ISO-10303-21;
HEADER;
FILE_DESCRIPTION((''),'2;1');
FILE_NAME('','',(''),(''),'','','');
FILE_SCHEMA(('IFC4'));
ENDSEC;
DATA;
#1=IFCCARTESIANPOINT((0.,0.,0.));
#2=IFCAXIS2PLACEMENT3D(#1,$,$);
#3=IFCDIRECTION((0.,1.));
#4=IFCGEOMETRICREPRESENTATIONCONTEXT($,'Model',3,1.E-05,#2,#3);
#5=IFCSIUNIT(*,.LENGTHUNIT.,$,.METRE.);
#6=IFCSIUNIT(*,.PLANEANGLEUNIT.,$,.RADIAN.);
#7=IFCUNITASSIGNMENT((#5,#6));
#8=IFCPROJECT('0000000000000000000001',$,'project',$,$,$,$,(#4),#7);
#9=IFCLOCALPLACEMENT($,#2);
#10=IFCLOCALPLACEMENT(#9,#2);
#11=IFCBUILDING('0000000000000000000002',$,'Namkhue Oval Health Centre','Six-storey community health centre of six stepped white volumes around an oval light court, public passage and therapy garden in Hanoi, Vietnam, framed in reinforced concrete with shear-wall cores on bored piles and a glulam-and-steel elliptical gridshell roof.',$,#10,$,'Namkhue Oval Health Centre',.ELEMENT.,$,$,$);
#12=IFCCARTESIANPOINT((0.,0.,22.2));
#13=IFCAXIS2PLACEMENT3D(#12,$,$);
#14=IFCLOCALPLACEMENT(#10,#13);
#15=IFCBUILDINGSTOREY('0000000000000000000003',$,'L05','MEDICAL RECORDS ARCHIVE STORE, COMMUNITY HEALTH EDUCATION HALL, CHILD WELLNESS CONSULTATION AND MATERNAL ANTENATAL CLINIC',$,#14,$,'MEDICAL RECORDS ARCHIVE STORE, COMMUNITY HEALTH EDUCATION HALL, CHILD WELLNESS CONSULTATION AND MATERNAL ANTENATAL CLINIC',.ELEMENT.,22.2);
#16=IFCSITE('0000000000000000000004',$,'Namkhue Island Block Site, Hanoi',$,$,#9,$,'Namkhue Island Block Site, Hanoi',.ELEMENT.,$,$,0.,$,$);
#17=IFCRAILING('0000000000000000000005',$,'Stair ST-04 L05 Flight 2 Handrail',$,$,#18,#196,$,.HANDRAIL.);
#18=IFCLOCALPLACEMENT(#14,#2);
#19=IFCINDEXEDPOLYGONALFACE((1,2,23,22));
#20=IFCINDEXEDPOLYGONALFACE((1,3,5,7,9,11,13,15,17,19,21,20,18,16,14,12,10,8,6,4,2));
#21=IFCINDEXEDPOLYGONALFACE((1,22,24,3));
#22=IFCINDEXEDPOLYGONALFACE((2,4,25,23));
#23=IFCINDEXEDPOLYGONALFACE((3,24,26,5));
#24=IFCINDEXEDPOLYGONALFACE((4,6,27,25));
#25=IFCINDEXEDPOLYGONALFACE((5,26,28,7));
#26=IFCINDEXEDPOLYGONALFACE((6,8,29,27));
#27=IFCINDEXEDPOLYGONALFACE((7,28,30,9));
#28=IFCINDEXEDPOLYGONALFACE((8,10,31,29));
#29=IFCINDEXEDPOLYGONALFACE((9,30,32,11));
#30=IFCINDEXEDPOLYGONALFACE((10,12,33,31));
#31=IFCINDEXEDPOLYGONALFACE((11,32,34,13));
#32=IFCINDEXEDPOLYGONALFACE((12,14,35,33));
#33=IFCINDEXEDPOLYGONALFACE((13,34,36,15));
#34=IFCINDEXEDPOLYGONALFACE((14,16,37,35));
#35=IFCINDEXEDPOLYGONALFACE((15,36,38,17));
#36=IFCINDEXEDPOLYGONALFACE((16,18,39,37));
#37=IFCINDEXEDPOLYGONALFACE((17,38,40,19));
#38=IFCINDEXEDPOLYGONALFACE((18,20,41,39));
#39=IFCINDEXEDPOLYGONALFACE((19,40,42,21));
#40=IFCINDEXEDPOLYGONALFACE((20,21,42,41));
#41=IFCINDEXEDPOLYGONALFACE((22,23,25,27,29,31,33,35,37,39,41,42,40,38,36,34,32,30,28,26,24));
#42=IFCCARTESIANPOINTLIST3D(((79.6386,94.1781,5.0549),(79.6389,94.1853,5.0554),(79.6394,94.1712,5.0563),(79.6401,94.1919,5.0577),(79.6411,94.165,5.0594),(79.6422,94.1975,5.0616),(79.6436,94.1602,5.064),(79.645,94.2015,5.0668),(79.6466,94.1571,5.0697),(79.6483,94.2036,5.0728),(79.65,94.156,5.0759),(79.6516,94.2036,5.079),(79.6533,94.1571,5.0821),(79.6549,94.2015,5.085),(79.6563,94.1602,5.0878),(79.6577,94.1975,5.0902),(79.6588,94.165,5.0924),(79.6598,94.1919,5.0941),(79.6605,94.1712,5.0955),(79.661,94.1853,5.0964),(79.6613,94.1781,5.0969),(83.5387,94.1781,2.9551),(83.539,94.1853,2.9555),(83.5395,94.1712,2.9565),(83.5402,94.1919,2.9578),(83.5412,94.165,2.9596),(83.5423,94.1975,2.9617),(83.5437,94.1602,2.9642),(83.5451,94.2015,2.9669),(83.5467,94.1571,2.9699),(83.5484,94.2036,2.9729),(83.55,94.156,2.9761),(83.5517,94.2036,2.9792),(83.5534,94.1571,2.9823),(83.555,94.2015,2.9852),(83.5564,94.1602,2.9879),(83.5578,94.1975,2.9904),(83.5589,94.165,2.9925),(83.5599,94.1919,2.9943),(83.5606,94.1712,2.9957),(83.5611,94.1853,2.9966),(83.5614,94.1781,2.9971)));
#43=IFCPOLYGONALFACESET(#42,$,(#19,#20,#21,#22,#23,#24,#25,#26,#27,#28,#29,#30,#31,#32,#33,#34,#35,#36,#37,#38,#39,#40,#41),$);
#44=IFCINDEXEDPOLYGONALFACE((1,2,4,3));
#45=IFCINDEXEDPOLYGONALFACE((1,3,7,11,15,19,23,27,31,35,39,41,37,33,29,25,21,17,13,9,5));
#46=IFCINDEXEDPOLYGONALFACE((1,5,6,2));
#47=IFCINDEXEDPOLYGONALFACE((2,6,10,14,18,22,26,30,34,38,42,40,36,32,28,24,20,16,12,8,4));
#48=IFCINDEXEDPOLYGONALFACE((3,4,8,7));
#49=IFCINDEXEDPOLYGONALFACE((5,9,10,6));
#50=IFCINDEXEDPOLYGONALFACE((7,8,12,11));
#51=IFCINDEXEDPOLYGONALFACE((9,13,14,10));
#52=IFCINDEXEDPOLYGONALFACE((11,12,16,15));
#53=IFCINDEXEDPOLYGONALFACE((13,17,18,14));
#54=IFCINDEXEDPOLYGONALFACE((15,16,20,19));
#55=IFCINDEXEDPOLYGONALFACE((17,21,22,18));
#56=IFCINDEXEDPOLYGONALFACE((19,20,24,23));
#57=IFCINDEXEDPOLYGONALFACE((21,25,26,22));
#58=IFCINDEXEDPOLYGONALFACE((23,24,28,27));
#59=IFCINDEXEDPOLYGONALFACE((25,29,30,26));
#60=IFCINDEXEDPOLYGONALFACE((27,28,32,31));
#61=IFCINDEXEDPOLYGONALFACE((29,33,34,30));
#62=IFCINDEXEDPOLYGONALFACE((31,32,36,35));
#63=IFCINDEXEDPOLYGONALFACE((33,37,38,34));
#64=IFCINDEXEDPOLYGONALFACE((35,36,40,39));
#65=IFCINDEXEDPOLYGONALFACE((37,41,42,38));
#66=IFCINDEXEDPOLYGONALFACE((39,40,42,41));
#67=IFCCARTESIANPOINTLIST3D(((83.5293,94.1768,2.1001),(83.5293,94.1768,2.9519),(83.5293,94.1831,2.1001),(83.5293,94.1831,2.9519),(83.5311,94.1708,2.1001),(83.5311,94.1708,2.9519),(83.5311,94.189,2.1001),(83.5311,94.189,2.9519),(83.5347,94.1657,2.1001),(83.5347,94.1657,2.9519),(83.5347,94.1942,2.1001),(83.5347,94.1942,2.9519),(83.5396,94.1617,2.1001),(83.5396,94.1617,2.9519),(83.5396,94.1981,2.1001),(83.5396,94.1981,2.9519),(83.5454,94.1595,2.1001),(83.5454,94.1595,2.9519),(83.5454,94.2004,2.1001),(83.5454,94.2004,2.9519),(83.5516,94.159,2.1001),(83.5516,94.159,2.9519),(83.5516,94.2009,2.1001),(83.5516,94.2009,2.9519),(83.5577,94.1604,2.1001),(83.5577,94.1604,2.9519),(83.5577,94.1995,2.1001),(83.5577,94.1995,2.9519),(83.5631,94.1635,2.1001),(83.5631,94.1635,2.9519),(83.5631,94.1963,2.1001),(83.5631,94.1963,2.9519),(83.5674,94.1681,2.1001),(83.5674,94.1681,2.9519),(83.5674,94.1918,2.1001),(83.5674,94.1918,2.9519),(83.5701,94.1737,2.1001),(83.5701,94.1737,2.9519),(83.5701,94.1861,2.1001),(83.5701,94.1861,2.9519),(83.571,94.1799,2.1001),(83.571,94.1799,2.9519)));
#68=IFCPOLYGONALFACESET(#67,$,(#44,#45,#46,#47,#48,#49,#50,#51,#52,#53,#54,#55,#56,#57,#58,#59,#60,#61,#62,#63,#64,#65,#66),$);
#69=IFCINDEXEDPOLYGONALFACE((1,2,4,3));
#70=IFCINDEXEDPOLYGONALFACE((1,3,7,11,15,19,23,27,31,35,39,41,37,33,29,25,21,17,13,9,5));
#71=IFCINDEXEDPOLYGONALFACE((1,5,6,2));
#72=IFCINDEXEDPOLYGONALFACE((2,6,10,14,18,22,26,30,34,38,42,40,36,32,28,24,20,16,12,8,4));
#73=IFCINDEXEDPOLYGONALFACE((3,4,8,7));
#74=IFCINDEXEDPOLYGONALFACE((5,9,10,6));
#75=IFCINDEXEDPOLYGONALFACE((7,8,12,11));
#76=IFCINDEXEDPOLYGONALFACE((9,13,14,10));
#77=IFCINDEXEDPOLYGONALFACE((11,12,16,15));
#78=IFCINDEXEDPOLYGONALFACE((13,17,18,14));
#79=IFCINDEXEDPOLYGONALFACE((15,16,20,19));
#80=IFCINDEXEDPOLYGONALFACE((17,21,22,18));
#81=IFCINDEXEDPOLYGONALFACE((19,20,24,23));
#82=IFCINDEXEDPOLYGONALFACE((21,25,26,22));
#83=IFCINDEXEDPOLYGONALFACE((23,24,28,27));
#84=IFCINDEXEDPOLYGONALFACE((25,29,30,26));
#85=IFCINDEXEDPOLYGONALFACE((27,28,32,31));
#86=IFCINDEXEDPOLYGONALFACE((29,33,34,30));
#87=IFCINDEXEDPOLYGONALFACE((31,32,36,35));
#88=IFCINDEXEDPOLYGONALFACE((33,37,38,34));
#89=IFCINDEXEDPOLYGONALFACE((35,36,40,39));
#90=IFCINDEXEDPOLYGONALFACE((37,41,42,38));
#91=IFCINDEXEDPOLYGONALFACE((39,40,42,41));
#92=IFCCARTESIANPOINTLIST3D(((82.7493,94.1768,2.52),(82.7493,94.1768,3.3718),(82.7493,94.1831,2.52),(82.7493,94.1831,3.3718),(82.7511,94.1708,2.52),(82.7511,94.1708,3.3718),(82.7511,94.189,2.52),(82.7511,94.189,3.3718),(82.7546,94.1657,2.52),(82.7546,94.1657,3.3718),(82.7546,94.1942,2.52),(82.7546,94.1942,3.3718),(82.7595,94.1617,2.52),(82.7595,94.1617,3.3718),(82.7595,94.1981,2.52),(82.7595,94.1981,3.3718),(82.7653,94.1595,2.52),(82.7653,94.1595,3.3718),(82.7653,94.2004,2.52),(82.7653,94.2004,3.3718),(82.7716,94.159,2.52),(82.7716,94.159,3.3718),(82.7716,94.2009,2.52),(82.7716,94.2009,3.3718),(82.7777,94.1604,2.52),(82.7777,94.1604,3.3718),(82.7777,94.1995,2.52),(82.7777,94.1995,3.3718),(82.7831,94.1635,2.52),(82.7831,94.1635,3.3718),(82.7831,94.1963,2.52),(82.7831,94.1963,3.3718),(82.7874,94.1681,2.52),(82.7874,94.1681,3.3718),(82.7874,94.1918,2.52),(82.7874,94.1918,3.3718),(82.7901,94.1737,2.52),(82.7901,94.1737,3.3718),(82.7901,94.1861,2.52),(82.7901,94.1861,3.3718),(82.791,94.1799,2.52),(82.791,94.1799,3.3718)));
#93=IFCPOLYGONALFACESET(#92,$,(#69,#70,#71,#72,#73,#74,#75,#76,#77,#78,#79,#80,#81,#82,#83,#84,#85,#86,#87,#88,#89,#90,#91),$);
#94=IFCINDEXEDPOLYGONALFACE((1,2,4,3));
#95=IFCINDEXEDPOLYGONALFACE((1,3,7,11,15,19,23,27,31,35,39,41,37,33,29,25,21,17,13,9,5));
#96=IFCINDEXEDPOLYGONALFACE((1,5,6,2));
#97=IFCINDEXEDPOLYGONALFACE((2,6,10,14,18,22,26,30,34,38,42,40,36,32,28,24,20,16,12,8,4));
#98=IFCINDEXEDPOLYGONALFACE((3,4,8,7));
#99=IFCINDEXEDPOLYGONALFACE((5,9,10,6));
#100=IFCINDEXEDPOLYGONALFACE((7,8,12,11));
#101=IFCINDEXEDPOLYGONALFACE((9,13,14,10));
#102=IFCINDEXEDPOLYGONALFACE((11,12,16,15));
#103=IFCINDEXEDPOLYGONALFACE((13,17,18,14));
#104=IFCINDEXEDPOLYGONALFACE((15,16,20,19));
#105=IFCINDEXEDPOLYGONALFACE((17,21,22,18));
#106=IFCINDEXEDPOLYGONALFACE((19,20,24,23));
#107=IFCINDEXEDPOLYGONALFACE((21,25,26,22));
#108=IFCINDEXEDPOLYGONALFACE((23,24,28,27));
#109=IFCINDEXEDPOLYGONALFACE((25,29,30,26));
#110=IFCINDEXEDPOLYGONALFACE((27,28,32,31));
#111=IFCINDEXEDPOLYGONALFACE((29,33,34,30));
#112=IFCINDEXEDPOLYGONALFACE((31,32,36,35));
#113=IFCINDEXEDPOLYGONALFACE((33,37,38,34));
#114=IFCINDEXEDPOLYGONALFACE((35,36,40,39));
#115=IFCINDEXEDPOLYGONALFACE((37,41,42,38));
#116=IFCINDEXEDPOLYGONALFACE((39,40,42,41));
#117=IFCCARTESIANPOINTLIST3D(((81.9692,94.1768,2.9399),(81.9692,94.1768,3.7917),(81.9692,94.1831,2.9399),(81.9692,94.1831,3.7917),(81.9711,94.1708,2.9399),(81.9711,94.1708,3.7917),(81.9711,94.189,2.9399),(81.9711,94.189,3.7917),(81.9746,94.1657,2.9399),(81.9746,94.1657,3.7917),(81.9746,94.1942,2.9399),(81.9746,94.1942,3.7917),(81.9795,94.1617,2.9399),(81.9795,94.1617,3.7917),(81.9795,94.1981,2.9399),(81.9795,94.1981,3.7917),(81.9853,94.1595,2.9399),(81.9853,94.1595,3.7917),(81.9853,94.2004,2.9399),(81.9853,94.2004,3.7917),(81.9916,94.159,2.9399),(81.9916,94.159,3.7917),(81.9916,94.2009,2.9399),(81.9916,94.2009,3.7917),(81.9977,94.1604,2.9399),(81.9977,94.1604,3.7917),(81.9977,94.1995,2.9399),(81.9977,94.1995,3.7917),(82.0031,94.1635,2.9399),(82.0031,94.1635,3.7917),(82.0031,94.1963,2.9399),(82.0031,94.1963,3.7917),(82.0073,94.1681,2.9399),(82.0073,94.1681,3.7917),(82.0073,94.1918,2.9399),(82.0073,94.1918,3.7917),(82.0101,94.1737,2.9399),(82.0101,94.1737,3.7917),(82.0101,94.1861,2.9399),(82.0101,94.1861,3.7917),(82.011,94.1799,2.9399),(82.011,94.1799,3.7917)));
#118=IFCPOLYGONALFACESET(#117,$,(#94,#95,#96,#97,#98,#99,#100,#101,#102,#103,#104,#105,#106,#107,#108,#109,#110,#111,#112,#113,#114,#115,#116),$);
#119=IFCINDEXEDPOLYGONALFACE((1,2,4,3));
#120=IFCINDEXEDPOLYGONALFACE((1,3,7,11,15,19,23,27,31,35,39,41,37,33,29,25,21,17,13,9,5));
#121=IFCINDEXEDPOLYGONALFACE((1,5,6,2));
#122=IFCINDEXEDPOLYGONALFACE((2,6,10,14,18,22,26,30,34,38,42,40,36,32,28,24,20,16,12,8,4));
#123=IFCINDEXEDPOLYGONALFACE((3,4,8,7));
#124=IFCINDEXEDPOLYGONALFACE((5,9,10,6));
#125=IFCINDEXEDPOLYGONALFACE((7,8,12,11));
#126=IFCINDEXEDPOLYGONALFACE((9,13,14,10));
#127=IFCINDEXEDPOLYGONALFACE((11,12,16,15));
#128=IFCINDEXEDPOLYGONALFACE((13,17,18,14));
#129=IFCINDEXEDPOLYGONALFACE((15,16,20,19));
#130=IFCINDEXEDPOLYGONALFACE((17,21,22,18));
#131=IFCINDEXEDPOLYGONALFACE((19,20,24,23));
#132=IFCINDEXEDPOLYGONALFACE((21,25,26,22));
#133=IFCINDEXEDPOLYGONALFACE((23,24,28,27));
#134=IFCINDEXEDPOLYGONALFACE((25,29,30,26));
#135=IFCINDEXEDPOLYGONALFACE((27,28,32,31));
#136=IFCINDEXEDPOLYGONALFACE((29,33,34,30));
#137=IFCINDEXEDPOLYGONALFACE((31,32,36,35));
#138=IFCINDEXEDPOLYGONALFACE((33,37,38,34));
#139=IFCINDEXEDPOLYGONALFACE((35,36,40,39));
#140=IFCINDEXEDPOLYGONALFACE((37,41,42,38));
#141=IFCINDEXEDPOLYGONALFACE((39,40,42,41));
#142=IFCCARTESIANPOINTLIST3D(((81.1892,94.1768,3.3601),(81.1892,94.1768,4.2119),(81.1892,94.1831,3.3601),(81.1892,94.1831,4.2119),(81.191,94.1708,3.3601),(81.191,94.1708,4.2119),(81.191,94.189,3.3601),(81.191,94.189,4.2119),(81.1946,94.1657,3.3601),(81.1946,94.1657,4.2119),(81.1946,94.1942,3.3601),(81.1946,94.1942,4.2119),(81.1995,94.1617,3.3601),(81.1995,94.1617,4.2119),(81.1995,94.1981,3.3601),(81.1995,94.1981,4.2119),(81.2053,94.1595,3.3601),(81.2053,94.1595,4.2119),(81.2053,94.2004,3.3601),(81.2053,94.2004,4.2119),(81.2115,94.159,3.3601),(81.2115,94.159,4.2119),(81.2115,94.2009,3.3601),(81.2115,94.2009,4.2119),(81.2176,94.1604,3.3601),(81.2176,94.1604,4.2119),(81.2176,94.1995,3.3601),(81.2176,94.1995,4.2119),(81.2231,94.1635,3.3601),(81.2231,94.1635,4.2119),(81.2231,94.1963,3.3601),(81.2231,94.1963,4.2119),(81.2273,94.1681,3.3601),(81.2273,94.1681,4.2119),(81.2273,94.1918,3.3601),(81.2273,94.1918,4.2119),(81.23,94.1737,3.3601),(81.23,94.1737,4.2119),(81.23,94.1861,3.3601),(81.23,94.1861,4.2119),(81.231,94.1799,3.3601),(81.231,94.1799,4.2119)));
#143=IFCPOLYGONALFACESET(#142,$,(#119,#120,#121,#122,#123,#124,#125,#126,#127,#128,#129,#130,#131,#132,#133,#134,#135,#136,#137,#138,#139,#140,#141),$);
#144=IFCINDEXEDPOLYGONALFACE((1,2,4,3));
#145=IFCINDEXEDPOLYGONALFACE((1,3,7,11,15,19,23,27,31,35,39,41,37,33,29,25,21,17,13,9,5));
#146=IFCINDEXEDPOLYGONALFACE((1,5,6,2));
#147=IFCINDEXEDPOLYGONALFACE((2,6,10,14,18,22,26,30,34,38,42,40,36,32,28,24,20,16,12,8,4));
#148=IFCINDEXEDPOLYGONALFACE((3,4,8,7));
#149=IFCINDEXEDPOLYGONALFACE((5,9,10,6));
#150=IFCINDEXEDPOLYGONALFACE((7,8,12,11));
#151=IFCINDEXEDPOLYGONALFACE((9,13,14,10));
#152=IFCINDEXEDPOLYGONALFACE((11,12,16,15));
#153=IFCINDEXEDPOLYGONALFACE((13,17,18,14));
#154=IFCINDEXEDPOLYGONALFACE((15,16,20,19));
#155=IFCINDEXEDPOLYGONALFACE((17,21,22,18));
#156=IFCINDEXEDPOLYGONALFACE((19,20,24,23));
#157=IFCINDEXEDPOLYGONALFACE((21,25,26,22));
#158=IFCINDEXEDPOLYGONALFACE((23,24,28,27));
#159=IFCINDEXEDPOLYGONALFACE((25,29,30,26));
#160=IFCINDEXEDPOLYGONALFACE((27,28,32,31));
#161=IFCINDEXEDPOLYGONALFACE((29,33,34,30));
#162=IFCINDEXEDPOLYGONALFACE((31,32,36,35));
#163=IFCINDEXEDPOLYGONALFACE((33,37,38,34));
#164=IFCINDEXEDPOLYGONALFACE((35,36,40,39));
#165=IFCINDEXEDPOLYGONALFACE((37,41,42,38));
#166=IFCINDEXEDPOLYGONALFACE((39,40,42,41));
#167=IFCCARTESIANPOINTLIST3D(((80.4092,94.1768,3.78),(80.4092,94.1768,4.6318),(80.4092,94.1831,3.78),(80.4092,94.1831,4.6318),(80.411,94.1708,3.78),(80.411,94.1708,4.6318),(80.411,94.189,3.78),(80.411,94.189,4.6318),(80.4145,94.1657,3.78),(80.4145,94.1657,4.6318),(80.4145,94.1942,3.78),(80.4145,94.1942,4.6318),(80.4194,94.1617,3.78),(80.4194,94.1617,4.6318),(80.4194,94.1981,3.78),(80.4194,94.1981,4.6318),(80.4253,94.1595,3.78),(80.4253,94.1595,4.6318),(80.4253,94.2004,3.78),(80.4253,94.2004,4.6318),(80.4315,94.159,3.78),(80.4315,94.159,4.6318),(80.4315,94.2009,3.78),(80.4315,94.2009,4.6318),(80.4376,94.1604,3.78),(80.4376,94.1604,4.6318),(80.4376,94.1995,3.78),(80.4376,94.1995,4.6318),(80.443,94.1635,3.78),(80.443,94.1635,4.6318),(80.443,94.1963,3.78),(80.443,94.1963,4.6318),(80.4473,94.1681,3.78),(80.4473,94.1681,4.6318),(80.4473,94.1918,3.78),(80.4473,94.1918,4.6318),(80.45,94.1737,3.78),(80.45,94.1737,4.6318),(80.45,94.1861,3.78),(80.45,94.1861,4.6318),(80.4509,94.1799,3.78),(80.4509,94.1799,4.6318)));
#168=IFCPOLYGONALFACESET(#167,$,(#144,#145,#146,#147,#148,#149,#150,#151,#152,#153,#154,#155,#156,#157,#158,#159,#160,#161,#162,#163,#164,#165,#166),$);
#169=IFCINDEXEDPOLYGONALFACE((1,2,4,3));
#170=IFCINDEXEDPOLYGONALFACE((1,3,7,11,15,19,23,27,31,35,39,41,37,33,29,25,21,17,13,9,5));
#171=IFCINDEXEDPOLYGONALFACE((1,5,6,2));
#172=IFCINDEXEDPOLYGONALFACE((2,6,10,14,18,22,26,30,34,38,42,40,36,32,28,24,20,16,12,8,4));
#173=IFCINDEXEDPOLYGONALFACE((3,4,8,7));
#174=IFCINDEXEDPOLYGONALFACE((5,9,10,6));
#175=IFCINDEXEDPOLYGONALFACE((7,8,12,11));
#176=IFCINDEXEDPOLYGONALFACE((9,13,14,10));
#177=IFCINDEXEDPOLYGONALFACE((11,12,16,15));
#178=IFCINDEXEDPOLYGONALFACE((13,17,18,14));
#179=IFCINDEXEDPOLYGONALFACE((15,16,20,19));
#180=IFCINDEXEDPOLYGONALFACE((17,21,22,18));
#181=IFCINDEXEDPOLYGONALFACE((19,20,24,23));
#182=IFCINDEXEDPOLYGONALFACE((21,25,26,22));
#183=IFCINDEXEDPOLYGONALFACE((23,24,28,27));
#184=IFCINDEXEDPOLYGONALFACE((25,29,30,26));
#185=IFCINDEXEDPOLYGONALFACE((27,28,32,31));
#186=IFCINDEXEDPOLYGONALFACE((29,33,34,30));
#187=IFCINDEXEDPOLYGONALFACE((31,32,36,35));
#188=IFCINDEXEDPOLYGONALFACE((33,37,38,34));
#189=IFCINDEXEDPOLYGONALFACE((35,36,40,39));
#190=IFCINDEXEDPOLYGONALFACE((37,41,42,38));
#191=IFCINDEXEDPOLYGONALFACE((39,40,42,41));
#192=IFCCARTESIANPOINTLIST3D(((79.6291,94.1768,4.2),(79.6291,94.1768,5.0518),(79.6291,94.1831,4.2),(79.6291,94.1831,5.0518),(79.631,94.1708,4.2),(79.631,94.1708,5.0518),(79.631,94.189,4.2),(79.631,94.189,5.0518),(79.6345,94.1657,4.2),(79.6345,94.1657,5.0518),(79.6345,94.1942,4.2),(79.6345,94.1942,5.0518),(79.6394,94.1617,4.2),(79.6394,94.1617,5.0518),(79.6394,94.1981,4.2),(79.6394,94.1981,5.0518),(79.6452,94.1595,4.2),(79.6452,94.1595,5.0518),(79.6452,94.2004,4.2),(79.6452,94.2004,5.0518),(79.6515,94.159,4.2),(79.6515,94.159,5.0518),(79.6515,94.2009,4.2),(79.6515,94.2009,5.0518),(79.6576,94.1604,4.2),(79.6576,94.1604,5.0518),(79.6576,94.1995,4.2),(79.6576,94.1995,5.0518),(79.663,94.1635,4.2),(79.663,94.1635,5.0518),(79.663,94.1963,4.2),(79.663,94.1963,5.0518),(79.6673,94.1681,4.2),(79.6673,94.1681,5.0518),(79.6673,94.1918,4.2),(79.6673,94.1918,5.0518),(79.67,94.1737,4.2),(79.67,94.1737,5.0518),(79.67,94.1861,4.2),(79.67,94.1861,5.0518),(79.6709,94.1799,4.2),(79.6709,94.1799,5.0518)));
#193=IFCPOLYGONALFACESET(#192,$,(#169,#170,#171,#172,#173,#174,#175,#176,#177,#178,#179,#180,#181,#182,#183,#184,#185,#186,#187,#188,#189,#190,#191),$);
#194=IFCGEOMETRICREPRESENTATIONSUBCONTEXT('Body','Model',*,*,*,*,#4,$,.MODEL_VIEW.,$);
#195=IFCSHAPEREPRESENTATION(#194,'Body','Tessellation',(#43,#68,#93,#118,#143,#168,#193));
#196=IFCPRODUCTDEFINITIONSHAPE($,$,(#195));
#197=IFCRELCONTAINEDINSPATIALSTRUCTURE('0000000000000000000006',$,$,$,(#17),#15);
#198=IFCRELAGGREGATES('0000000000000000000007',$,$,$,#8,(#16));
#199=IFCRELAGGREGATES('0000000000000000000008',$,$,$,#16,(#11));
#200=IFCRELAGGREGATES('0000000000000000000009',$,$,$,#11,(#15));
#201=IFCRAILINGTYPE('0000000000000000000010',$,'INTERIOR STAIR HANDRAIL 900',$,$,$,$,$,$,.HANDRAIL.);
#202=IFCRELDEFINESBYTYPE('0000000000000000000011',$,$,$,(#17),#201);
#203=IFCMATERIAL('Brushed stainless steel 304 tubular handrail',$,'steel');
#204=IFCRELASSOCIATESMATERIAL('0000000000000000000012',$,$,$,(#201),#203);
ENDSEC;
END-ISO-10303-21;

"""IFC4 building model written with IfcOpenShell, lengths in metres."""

from ifc_helpers import new_model, si_unit, direction, frame, origin, origin_2d, place, context, subcontext, project, spatial, circle, extrude, material, type_object, element, save


model = new_model("IFC4")

# Units and contexts
model_context = context("Model", 3, precision=1e-05, world=origin(), true_north=direction((0.0, 1.0)))
body_context = subcontext(model_context, "Body", "Model", "MODEL_VIEW")
ifc_project = project(units=[si_unit("LENGTHUNIT", "METRE"), si_unit("PLANEANGLEUNIT", "RADIAN")], contexts=[model_context])

# Site, building, storey
site_placement = place(None, origin())
site = spatial("IfcSite", under=ifc_project, at=site_placement, Name="Namkhue Island Block Site, Hanoi", LongName="Namkhue Island Block Site, Hanoi", CompositionType="ELEMENT", RefElevation=0.0)
building_placement = place(site_placement, origin())
building = spatial("IfcBuilding", under=site, at=building_placement, Name="Namkhue Oval Health Centre", Description="Six-storey community health centre of six stepped white volumes around an oval light court, public passage and therapy garden in Hanoi, Vietnam, framed in reinforced concrete with shear-wall cores on bored piles and a glulam-and-steel elliptical gridshell roof.", LongName="Namkhue Oval Health Centre", CompositionType="ELEMENT")
storey_placement = place(building_placement, frame((0.0, 0.0, 22.2)))
storey = spatial("IfcBuildingStorey", under=building, at=storey_placement, Name="L05", Description="MEDICAL RECORDS ARCHIVE STORE, COMMUNITY HEALTH EDUCATION HALL, CHILD WELLNESS CONSULTATION AND MATERNAL ANTENATAL CLINIC", LongName="MEDICAL RECORDS ARCHIVE STORE, COMMUNITY HEALTH EDUCATION HALL, CHILD WELLNESS CONSULTATION AND MATERNAL ANTENATAL CLINIC", CompositionType="ELEMENT", Elevation=22.2)

# Railing
ifc_material_1 = material(Name="Brushed stainless steel 304 tubular handrail", Category="steel")
railing_type_1 = type_object("IfcRailingType", Name="INTERIOR STAIR HANDRAIL 900", PredefinedType="HANDRAIL", material=ifc_material_1)
railing_1_placement = place(storey_placement, frame((83.55, 94.1799, 2.1001)))
element("IfcRailing", 1, at=railing_1_placement, inside=storey, type_object=railing_type_1, Name="Stair ST-04 L05 Flight 2 Handrail", PredefinedType="HANDRAIL", context=body_context, shape_type="SweptSolid", body=[
    extrude(circle(Radius=0.0239, at=origin_2d()), frame((0.0, 0.0, 0.876), z_axis=(-0.880492, 0.0, 0.47406), x_axis=(0.0, -1.0, 0.0)), (0.0, 0.0, 1.0), 4.4294),
    extrude(circle(Radius=0.021, at=origin_2d()), origin(), (0.0, 0.0, 1.0), 0.8518),
    extrude(circle(Radius=0.021, at=origin_2d()), frame((-0.78, 0.0, 0.4199)), (0.0, 0.0, 1.0), 0.8518),
    extrude(circle(Radius=0.021, at=origin_2d()), frame((-1.5601, 0.0, 0.8398)), (0.0, 0.0, 1.0), 0.8518),
    extrude(circle(Radius=0.021, at=origin_2d()), frame((-2.3401, 0.0, 1.26)), (0.0, 0.0, 1.0), 0.8518),
    extrude(circle(Radius=0.021, at=origin_2d()), frame((-3.1201, 0.0, 1.6799)), (0.0, 0.0, 1.0), 0.8518),
    extrude(circle(Radius=0.021, at=origin_2d()), frame((-3.9001, 0.0, 2.0999)), (0.0, 0.0, 1.0), 0.8518),
])

save(model, "model.ifc")
